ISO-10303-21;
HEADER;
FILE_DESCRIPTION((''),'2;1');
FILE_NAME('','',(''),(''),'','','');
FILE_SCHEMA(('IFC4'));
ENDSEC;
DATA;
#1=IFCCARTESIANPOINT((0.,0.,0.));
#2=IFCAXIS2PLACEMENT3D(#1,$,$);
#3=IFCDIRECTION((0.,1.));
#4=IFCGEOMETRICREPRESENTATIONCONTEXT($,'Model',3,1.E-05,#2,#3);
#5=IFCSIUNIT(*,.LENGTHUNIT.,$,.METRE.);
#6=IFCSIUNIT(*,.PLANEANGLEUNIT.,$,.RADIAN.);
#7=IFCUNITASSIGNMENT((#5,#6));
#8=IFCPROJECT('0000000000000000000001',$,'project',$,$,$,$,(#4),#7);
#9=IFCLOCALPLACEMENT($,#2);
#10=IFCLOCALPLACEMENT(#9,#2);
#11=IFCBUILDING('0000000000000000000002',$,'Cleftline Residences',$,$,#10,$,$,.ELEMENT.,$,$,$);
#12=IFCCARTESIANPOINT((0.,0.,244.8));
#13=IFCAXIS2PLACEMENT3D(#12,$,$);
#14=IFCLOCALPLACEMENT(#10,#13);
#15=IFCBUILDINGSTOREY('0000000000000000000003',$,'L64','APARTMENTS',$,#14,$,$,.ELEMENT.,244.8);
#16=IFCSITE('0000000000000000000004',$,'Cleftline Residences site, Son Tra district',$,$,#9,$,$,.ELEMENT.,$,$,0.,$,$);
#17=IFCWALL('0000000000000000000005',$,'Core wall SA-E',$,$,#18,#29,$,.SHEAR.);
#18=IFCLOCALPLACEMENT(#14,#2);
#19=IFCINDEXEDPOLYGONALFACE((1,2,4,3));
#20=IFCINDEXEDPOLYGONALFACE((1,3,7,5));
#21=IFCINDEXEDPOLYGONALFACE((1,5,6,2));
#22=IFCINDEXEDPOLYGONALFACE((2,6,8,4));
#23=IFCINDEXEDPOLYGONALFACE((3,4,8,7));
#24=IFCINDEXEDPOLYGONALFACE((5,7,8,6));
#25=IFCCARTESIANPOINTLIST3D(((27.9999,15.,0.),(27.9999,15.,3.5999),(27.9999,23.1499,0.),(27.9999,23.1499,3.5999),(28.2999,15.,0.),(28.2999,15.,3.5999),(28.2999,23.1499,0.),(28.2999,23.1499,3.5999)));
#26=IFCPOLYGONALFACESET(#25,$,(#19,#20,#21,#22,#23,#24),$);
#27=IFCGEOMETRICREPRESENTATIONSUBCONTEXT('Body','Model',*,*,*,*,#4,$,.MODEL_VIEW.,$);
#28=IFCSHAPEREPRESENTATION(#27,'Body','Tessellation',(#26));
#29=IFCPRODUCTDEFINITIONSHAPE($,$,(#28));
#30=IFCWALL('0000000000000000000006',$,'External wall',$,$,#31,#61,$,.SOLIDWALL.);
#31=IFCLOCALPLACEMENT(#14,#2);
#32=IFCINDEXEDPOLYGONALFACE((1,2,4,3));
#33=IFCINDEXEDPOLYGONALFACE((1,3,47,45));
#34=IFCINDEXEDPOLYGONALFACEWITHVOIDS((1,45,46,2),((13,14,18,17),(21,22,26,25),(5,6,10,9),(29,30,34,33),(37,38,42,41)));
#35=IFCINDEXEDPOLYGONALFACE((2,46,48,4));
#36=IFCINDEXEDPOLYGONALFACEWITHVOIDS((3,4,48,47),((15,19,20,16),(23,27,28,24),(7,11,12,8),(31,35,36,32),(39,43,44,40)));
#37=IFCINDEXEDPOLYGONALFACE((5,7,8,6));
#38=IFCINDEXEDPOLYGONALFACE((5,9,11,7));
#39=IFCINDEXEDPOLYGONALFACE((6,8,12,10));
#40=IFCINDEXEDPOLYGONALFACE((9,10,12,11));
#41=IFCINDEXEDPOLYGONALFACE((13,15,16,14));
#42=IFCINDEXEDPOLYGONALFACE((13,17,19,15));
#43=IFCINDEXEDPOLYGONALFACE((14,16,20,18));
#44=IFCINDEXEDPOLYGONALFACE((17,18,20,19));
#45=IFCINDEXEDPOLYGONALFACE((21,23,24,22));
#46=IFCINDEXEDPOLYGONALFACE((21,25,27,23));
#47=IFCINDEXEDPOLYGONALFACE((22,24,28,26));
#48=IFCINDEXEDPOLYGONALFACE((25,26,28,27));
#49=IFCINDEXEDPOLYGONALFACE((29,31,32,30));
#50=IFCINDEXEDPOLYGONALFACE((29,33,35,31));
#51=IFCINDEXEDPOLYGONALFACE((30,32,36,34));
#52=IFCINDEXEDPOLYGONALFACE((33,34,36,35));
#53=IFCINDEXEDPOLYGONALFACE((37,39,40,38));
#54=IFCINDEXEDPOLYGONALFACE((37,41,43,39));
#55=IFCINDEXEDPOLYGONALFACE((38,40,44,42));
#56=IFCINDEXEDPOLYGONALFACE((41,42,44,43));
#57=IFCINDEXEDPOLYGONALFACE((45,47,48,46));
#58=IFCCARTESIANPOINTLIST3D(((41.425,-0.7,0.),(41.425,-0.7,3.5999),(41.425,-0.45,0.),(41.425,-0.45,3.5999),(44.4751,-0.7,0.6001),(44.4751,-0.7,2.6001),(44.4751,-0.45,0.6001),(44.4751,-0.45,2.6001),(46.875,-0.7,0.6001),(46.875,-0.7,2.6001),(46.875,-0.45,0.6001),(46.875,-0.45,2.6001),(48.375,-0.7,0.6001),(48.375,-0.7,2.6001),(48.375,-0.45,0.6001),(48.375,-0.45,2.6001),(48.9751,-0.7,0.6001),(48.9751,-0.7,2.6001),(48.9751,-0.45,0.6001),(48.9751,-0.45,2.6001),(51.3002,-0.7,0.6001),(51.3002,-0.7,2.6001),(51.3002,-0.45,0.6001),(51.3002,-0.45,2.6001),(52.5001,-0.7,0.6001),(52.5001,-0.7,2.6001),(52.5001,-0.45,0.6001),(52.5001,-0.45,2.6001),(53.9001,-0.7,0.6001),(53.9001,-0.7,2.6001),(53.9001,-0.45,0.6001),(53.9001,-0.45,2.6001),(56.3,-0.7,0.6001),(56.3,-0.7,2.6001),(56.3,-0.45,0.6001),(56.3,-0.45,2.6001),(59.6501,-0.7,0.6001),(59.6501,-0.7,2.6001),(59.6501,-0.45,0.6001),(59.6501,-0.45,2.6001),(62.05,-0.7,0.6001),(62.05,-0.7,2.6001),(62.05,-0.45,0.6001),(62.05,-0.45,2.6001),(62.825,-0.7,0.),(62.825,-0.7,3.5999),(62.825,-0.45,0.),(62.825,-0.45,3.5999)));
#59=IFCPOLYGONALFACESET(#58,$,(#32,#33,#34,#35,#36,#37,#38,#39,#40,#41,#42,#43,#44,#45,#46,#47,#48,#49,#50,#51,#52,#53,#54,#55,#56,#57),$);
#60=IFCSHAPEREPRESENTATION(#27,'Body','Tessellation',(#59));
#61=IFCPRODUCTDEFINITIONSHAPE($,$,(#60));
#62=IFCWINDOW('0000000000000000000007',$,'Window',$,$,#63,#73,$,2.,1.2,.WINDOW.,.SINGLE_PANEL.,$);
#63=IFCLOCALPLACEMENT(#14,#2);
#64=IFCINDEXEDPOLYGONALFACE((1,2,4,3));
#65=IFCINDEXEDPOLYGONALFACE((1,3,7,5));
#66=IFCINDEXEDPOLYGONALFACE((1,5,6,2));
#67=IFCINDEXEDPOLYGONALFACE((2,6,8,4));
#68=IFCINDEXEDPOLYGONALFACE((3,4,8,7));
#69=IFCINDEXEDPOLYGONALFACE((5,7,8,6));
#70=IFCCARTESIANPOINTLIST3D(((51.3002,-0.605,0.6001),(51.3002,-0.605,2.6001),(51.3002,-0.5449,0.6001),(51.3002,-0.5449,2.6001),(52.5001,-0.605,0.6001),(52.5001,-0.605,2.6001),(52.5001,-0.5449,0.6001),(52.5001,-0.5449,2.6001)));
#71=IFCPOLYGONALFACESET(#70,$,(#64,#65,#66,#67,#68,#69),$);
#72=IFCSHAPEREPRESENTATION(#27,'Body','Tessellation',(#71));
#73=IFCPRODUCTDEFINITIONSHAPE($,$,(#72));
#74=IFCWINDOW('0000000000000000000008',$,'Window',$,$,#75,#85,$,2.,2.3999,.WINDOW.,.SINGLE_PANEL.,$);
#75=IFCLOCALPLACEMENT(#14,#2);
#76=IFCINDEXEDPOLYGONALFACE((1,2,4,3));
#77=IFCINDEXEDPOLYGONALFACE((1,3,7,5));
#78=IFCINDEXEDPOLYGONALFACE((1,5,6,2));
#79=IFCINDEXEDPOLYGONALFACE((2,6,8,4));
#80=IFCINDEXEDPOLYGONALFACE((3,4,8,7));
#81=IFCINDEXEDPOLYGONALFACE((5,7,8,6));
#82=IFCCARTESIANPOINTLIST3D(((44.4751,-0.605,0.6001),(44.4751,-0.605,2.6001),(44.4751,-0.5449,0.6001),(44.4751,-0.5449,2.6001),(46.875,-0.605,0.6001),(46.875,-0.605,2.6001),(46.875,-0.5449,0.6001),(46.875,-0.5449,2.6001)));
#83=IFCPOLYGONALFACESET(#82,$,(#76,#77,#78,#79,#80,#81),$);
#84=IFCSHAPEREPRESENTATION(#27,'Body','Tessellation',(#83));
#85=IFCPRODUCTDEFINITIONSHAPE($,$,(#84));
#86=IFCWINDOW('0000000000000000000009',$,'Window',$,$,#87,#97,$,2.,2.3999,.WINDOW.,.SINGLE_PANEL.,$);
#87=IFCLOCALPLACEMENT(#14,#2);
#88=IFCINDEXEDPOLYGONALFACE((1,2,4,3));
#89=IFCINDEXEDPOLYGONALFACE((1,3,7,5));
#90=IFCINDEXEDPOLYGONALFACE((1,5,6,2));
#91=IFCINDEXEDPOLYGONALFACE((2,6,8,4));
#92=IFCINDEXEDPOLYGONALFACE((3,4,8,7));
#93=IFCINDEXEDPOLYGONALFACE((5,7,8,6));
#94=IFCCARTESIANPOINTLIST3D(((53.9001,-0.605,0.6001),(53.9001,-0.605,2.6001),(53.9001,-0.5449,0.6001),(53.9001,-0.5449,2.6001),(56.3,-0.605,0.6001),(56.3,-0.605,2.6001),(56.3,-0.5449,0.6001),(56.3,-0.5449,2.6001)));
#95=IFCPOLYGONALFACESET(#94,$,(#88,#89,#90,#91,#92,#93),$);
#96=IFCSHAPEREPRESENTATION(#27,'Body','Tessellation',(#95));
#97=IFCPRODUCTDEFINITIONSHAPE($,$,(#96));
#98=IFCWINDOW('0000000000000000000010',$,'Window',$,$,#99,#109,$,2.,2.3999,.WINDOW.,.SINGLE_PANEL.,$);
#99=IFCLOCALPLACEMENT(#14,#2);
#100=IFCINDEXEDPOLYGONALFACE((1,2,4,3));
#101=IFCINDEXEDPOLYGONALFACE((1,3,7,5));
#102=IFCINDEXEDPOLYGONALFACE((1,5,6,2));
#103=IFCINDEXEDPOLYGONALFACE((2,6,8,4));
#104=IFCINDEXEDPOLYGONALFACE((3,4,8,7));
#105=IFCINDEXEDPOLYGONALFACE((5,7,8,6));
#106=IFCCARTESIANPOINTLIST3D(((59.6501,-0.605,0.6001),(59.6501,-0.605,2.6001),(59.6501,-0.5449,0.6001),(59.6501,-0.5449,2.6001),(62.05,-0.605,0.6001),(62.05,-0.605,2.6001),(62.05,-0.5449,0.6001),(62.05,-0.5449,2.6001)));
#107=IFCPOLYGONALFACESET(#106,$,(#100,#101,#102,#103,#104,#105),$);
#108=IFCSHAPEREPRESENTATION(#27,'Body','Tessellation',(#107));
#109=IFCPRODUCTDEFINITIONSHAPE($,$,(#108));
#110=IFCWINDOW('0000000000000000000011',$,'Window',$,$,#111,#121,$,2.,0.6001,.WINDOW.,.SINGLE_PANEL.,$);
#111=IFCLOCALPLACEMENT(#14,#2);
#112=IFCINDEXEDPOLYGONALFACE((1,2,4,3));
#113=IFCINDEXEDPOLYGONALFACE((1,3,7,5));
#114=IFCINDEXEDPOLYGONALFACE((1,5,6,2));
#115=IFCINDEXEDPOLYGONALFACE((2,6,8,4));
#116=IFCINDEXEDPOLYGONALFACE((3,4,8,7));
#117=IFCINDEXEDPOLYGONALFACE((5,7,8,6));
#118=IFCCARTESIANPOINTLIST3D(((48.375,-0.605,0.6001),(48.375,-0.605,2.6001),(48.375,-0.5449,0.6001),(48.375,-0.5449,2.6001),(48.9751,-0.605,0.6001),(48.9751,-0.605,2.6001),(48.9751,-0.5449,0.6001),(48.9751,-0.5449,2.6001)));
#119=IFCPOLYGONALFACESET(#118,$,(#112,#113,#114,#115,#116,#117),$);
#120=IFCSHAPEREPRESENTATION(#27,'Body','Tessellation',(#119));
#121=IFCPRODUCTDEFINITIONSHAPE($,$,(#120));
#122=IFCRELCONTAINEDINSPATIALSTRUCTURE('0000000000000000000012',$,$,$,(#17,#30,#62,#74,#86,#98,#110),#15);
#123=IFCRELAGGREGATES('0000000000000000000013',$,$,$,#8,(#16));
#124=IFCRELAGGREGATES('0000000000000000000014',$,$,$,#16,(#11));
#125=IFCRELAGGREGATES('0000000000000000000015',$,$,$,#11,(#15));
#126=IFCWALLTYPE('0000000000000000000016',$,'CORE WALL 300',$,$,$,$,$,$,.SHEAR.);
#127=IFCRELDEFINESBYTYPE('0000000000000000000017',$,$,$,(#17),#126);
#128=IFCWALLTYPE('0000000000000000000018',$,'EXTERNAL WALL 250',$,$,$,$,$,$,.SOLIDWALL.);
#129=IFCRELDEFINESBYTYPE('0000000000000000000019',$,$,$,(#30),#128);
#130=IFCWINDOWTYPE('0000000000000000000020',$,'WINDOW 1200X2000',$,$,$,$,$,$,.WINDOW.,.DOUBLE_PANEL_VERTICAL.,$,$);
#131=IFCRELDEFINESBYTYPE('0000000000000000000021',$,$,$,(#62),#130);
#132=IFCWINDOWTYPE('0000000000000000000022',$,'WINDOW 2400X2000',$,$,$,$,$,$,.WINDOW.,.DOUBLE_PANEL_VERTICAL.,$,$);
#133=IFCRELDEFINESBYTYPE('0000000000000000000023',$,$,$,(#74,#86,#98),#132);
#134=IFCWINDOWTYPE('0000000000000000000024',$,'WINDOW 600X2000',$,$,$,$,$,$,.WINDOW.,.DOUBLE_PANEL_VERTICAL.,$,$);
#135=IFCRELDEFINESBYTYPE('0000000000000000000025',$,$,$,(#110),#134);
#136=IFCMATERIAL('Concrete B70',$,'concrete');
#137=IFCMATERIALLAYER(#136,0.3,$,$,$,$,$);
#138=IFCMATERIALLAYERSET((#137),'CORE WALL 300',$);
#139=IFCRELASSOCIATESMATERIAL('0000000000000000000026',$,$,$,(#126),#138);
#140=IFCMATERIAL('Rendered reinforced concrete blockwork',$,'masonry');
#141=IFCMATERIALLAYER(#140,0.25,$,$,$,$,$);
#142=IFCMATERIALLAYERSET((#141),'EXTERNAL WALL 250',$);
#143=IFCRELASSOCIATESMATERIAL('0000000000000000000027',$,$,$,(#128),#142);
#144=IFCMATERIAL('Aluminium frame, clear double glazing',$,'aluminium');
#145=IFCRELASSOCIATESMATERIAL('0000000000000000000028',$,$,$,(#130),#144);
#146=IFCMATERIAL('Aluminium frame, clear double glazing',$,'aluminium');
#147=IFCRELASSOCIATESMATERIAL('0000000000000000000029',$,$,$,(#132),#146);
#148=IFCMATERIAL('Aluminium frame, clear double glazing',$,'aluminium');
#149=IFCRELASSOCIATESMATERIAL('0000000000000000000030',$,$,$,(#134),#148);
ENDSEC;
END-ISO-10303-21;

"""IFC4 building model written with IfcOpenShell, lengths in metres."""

from ifc_helpers import new_model, si_unit, direction, frame, frame_2d, origin, place, context, subcontext, project, spatial, rectangle, extrude, material, layer, layer_set, type_object, element, fill, save


model = new_model("IFC4")

# Units and contexts
model_context = context("Model", 3, precision=1e-05, world=origin(), true_north=direction((0.0, 1.0)))
body_context = subcontext(model_context, "Body", "Model", "MODEL_VIEW")
ifc_project = project(units=[si_unit("LENGTHUNIT", "METRE"), si_unit("PLANEANGLEUNIT", "RADIAN")], contexts=[model_context])

# Site, building, storey
site_placement = place(None, origin())
site = spatial("IfcSite", under=ifc_project, at=site_placement, Name="Cleftline Residences site, Son Tra district", CompositionType="ELEMENT", RefElevation=0.0)
building_placement = place(site_placement, origin())
building = spatial("IfcBuilding", under=site, at=building_placement, Name="Cleftline Residences", CompositionType="ELEMENT")
storey_placement = place(building_placement, frame((0.0, 0.0, 244.8)))
storey = spatial("IfcBuildingStorey", under=building, at=storey_placement, Name="L64", Description="APARTMENTS", CompositionType="ELEMENT", Elevation=244.8)

# Wall
ifc_material_1 = material(Name="Concrete B70", Category="concrete")
ifc_layer_1 = layer(ifc_material_1, 0.3)
ifc_layer_set_1 = layer_set([ifc_layer_1], Name="CORE WALL 300")
wall_type_1 = type_object("IfcWallType", Name="CORE WALL 300", PredefinedType="SHEAR", material=ifc_layer_set_1)
wall_1_placement = place(storey_placement, frame((28.1499, 15.0, 0.0), z_axis=(0.0, 0.0, 1.0), x_axis=(0.0, 1.0, 0.0)))
element("IfcWall", 1, at=wall_1_placement, inside=storey, type_object=wall_type_1, Name="Core wall SA-E", PredefinedType="SHEAR", context=body_context, shape_type="SweptSolid", body=[
    extrude(rectangle(XDim=8.1499, YDim=0.3, at=frame_2d((4.075, 0.0))), origin(), (0.0, 0.0, 1.0), 3.5999),
])

# Wall, openings, windows
ifc_material_2 = material(Name="Rendered reinforced concrete blockwork", Category="masonry")
ifc_layer_2 = layer(ifc_material_2, 0.25)
ifc_layer_set_2 = layer_set([ifc_layer_2], Name="EXTERNAL WALL 250")
wall_type_2 = type_object("IfcWallType", Name="EXTERNAL WALL 250", PredefinedType="SOLIDWALL", material=ifc_layer_set_2)
wall_2_placement = place(storey_placement, frame((41.425, -0.575, 0.0), z_axis=(0.0, 0.0, 1.0), x_axis=(1.0, 0.0, 0.0)))
wall_2 = element("IfcWall", 2, at=wall_2_placement, inside=storey, type_object=wall_type_2, Name="External wall", PredefinedType="SOLIDWALL", context=body_context, shape_type="SweptSolid", body=[
    extrude(rectangle(XDim=21.3999, YDim=0.25, at=frame_2d((10.7, 0.0))), origin(), (0.0, 0.0, 1.0), 3.5999),
])
opening_1_placement = place(wall_2_placement, frame((3.05, 0.0, 0.6001)))
opening_1 = element("IfcOpeningElement", 3, at=opening_1_placement, cuts=wall_2, PredefinedType="OPENING", context=body_context, shape_type="SweptSolid", body=[
    extrude(rectangle(XDim=2.3999, YDim=2.0, at=frame_2d((1.2, 1.0))), frame((0.0, 0.135, 0.0), z_axis=(0.0, -1.0, 0.0), x_axis=(1.0, 0.0, 0.0)), (0.0, 0.0, 1.0), 0.27),
])
opening_2_placement = place(wall_2_placement, frame((6.95, 0.0, 0.6001)))
opening_2 = element("IfcOpeningElement", 4, at=opening_2_placement, cuts=wall_2, PredefinedType="OPENING", context=body_context, shape_type="SweptSolid", body=[
    extrude(rectangle(XDim=0.6001, YDim=2.0, at=frame_2d((0.3, 1.0))), frame((0.0, 0.135, 0.0), z_axis=(0.0, -1.0, 0.0), x_axis=(1.0, 0.0, 0.0)), (0.0, 0.0, 1.0), 0.27),
])
opening_3_placement = place(wall_2_placement, frame((9.875, 0.0, 0.6001)))
opening_3 = element("IfcOpeningElement", 5, at=opening_3_placement, cuts=wall_2, PredefinedType="OPENING", context=body_context, shape_type="SweptSolid", body=[
    extrude(rectangle(XDim=1.2, YDim=2.0, at=frame_2d((0.6001, 1.0))), frame((0.0, 0.135, 0.0), z_axis=(0.0, -1.0, 0.0), x_axis=(1.0, 0.0, 0.0)), (0.0, 0.0, 1.0), 0.27),
])
opening_4_placement = place(wall_2_placement, frame((12.4751, 0.0, 0.6001)))
opening_4 = element("IfcOpeningElement", 6, at=opening_4_placement, cuts=wall_2, PredefinedType="OPENING", context=body_context, shape_type="SweptSolid", body=[
    extrude(rectangle(XDim=2.3999, YDim=2.0, at=frame_2d((1.2, 1.0))), frame((0.0, 0.135, 0.0), z_axis=(0.0, -1.0, 0.0), x_axis=(1.0, 0.0, 0.0)), (0.0, 0.0, 1.0), 0.27),
])
opening_5_placement = place(wall_2_placement, frame((18.2251, 0.0, 0.6001)))
opening_5 = element("IfcOpeningElement", 7, at=opening_5_placement, cuts=wall_2, PredefinedType="OPENING", context=body_context, shape_type="SweptSolid", body=[
    extrude(rectangle(XDim=2.3999, YDim=2.0, at=frame_2d((1.2, 1.0))), frame((0.0, 0.135, 0.0), z_axis=(0.0, -1.0, 0.0), x_axis=(1.0, 0.0, 0.0)), (0.0, 0.0, 1.0), 0.27),
])
ifc_material_3 = material(Name="Aluminium frame, clear double glazing", Category="aluminium")
window_type_1 = type_object("IfcWindowType", Name="WINDOW 1200X2000", PartitioningType="DOUBLE_PANEL_VERTICAL", PredefinedType="WINDOW", material=ifc_material_3)
window_1_placement = place(opening_3_placement, origin())
window_1 = element("IfcWindow", 8, at=window_1_placement, inside=storey, type_object=window_type_1, Name="Window", OverallHeight=2.0, OverallWidth=1.2, PartitioningType="SINGLE_PANEL", PredefinedType="WINDOW", context=body_context, shape_type="SweptSolid", body=[
    extrude(rectangle(XDim=1.2, YDim=2.0, at=frame_2d((0.6001, 1.0))), frame((0.0, 0.03, 0.0), z_axis=(0.0, -1.0, 0.0), x_axis=(1.0, 0.0, 0.0)), (0.0, 0.0, 1.0), 0.0601),
])
fill(opening_3, window_1)
ifc_material_4 = material(Name="Aluminium frame, clear double glazing", Category="aluminium")
window_type_2 = type_object("IfcWindowType", Name="WINDOW 2400X2000", PartitioningType="DOUBLE_PANEL_VERTICAL", PredefinedType="WINDOW", material=ifc_material_4)
window_2_placement = place(opening_1_placement, origin())
window_2 = element("IfcWindow", 9, at=window_2_placement, inside=storey, type_object=window_type_2, Name="Window", OverallHeight=2.0, OverallWidth=2.3999, PartitioningType="SINGLE_PANEL", PredefinedType="WINDOW", context=body_context, shape_type="SweptSolid", body=[
    extrude(rectangle(XDim=2.3999, YDim=2.0, at=frame_2d((1.2, 1.0))), frame((0.0, 0.03, 0.0), z_axis=(0.0, -1.0, 0.0), x_axis=(1.0, 0.0, 0.0)), (0.0, 0.0, 1.0), 0.0601),
])
fill(opening_1, window_2)
window_3_placement = place(opening_4_placement, origin())
window_3 = element("IfcWindow", 10, at=window_3_placement, inside=storey, type_object=window_type_2, Name="Window", OverallHeight=2.0, OverallWidth=2.3999, PartitioningType="SINGLE_PANEL", PredefinedType="WINDOW", context=body_context, shape_type="SweptSolid", body=[
    extrude(rectangle(XDim=2.3999, YDim=2.0, at=frame_2d((1.2, 1.0))), frame((0.0, 0.03, 0.0), z_axis=(0.0, -1.0, 0.0), x_axis=(1.0, 0.0, 0.0)), (0.0, 0.0, 1.0), 0.0601),
])
fill(opening_4, window_3)
window_4_placement = place(opening_5_placement, origin())
window_4 = element("IfcWindow", 11, at=window_4_placement, inside=storey, type_object=window_type_2, Name="Window", OverallHeight=2.0, OverallWidth=2.3999, PartitioningType="SINGLE_PANEL", PredefinedType="WINDOW", context=body_context, shape_type="SweptSolid", body=[
    extrude(rectangle(XDim=2.3999, YDim=2.0, at=frame_2d((1.2, 1.0))), frame((0.0, 0.03, 0.0), z_axis=(0.0, -1.0, 0.0), x_axis=(1.0, 0.0, 0.0)), (0.0, 0.0, 1.0), 0.0601),
])
fill(opening_5, window_4)
ifc_material_5 = material(Name="Aluminium frame, clear double glazing", Category="aluminium")
window_type_3 = type_object("IfcWindowType", Name="WINDOW 600X2000", PartitioningType="DOUBLE_PANEL_VERTICAL", PredefinedType="WINDOW", material=ifc_material_5)
window_5_placement = place(opening_2_placement, origin())
window_5 = element("IfcWindow", 12, at=window_5_placement, inside=storey, type_object=window_type_3, Name="Window", OverallHeight=2.0, OverallWidth=0.6001, PartitioningType="SINGLE_PANEL", PredefinedType="WINDOW", context=body_context, shape_type="SweptSolid", body=[
    extrude(rectangle(XDim=0.6001, YDim=2.0, at=frame_2d((0.3, 1.0))), frame((0.0, 0.03, 0.0), z_axis=(0.0, -1.0, 0.0), x_axis=(1.0, 0.0, 0.0)), (0.0, 0.0, 1.0), 0.0601),
])
fill(opening_2, window_5)

save(model, "model.ifc")
